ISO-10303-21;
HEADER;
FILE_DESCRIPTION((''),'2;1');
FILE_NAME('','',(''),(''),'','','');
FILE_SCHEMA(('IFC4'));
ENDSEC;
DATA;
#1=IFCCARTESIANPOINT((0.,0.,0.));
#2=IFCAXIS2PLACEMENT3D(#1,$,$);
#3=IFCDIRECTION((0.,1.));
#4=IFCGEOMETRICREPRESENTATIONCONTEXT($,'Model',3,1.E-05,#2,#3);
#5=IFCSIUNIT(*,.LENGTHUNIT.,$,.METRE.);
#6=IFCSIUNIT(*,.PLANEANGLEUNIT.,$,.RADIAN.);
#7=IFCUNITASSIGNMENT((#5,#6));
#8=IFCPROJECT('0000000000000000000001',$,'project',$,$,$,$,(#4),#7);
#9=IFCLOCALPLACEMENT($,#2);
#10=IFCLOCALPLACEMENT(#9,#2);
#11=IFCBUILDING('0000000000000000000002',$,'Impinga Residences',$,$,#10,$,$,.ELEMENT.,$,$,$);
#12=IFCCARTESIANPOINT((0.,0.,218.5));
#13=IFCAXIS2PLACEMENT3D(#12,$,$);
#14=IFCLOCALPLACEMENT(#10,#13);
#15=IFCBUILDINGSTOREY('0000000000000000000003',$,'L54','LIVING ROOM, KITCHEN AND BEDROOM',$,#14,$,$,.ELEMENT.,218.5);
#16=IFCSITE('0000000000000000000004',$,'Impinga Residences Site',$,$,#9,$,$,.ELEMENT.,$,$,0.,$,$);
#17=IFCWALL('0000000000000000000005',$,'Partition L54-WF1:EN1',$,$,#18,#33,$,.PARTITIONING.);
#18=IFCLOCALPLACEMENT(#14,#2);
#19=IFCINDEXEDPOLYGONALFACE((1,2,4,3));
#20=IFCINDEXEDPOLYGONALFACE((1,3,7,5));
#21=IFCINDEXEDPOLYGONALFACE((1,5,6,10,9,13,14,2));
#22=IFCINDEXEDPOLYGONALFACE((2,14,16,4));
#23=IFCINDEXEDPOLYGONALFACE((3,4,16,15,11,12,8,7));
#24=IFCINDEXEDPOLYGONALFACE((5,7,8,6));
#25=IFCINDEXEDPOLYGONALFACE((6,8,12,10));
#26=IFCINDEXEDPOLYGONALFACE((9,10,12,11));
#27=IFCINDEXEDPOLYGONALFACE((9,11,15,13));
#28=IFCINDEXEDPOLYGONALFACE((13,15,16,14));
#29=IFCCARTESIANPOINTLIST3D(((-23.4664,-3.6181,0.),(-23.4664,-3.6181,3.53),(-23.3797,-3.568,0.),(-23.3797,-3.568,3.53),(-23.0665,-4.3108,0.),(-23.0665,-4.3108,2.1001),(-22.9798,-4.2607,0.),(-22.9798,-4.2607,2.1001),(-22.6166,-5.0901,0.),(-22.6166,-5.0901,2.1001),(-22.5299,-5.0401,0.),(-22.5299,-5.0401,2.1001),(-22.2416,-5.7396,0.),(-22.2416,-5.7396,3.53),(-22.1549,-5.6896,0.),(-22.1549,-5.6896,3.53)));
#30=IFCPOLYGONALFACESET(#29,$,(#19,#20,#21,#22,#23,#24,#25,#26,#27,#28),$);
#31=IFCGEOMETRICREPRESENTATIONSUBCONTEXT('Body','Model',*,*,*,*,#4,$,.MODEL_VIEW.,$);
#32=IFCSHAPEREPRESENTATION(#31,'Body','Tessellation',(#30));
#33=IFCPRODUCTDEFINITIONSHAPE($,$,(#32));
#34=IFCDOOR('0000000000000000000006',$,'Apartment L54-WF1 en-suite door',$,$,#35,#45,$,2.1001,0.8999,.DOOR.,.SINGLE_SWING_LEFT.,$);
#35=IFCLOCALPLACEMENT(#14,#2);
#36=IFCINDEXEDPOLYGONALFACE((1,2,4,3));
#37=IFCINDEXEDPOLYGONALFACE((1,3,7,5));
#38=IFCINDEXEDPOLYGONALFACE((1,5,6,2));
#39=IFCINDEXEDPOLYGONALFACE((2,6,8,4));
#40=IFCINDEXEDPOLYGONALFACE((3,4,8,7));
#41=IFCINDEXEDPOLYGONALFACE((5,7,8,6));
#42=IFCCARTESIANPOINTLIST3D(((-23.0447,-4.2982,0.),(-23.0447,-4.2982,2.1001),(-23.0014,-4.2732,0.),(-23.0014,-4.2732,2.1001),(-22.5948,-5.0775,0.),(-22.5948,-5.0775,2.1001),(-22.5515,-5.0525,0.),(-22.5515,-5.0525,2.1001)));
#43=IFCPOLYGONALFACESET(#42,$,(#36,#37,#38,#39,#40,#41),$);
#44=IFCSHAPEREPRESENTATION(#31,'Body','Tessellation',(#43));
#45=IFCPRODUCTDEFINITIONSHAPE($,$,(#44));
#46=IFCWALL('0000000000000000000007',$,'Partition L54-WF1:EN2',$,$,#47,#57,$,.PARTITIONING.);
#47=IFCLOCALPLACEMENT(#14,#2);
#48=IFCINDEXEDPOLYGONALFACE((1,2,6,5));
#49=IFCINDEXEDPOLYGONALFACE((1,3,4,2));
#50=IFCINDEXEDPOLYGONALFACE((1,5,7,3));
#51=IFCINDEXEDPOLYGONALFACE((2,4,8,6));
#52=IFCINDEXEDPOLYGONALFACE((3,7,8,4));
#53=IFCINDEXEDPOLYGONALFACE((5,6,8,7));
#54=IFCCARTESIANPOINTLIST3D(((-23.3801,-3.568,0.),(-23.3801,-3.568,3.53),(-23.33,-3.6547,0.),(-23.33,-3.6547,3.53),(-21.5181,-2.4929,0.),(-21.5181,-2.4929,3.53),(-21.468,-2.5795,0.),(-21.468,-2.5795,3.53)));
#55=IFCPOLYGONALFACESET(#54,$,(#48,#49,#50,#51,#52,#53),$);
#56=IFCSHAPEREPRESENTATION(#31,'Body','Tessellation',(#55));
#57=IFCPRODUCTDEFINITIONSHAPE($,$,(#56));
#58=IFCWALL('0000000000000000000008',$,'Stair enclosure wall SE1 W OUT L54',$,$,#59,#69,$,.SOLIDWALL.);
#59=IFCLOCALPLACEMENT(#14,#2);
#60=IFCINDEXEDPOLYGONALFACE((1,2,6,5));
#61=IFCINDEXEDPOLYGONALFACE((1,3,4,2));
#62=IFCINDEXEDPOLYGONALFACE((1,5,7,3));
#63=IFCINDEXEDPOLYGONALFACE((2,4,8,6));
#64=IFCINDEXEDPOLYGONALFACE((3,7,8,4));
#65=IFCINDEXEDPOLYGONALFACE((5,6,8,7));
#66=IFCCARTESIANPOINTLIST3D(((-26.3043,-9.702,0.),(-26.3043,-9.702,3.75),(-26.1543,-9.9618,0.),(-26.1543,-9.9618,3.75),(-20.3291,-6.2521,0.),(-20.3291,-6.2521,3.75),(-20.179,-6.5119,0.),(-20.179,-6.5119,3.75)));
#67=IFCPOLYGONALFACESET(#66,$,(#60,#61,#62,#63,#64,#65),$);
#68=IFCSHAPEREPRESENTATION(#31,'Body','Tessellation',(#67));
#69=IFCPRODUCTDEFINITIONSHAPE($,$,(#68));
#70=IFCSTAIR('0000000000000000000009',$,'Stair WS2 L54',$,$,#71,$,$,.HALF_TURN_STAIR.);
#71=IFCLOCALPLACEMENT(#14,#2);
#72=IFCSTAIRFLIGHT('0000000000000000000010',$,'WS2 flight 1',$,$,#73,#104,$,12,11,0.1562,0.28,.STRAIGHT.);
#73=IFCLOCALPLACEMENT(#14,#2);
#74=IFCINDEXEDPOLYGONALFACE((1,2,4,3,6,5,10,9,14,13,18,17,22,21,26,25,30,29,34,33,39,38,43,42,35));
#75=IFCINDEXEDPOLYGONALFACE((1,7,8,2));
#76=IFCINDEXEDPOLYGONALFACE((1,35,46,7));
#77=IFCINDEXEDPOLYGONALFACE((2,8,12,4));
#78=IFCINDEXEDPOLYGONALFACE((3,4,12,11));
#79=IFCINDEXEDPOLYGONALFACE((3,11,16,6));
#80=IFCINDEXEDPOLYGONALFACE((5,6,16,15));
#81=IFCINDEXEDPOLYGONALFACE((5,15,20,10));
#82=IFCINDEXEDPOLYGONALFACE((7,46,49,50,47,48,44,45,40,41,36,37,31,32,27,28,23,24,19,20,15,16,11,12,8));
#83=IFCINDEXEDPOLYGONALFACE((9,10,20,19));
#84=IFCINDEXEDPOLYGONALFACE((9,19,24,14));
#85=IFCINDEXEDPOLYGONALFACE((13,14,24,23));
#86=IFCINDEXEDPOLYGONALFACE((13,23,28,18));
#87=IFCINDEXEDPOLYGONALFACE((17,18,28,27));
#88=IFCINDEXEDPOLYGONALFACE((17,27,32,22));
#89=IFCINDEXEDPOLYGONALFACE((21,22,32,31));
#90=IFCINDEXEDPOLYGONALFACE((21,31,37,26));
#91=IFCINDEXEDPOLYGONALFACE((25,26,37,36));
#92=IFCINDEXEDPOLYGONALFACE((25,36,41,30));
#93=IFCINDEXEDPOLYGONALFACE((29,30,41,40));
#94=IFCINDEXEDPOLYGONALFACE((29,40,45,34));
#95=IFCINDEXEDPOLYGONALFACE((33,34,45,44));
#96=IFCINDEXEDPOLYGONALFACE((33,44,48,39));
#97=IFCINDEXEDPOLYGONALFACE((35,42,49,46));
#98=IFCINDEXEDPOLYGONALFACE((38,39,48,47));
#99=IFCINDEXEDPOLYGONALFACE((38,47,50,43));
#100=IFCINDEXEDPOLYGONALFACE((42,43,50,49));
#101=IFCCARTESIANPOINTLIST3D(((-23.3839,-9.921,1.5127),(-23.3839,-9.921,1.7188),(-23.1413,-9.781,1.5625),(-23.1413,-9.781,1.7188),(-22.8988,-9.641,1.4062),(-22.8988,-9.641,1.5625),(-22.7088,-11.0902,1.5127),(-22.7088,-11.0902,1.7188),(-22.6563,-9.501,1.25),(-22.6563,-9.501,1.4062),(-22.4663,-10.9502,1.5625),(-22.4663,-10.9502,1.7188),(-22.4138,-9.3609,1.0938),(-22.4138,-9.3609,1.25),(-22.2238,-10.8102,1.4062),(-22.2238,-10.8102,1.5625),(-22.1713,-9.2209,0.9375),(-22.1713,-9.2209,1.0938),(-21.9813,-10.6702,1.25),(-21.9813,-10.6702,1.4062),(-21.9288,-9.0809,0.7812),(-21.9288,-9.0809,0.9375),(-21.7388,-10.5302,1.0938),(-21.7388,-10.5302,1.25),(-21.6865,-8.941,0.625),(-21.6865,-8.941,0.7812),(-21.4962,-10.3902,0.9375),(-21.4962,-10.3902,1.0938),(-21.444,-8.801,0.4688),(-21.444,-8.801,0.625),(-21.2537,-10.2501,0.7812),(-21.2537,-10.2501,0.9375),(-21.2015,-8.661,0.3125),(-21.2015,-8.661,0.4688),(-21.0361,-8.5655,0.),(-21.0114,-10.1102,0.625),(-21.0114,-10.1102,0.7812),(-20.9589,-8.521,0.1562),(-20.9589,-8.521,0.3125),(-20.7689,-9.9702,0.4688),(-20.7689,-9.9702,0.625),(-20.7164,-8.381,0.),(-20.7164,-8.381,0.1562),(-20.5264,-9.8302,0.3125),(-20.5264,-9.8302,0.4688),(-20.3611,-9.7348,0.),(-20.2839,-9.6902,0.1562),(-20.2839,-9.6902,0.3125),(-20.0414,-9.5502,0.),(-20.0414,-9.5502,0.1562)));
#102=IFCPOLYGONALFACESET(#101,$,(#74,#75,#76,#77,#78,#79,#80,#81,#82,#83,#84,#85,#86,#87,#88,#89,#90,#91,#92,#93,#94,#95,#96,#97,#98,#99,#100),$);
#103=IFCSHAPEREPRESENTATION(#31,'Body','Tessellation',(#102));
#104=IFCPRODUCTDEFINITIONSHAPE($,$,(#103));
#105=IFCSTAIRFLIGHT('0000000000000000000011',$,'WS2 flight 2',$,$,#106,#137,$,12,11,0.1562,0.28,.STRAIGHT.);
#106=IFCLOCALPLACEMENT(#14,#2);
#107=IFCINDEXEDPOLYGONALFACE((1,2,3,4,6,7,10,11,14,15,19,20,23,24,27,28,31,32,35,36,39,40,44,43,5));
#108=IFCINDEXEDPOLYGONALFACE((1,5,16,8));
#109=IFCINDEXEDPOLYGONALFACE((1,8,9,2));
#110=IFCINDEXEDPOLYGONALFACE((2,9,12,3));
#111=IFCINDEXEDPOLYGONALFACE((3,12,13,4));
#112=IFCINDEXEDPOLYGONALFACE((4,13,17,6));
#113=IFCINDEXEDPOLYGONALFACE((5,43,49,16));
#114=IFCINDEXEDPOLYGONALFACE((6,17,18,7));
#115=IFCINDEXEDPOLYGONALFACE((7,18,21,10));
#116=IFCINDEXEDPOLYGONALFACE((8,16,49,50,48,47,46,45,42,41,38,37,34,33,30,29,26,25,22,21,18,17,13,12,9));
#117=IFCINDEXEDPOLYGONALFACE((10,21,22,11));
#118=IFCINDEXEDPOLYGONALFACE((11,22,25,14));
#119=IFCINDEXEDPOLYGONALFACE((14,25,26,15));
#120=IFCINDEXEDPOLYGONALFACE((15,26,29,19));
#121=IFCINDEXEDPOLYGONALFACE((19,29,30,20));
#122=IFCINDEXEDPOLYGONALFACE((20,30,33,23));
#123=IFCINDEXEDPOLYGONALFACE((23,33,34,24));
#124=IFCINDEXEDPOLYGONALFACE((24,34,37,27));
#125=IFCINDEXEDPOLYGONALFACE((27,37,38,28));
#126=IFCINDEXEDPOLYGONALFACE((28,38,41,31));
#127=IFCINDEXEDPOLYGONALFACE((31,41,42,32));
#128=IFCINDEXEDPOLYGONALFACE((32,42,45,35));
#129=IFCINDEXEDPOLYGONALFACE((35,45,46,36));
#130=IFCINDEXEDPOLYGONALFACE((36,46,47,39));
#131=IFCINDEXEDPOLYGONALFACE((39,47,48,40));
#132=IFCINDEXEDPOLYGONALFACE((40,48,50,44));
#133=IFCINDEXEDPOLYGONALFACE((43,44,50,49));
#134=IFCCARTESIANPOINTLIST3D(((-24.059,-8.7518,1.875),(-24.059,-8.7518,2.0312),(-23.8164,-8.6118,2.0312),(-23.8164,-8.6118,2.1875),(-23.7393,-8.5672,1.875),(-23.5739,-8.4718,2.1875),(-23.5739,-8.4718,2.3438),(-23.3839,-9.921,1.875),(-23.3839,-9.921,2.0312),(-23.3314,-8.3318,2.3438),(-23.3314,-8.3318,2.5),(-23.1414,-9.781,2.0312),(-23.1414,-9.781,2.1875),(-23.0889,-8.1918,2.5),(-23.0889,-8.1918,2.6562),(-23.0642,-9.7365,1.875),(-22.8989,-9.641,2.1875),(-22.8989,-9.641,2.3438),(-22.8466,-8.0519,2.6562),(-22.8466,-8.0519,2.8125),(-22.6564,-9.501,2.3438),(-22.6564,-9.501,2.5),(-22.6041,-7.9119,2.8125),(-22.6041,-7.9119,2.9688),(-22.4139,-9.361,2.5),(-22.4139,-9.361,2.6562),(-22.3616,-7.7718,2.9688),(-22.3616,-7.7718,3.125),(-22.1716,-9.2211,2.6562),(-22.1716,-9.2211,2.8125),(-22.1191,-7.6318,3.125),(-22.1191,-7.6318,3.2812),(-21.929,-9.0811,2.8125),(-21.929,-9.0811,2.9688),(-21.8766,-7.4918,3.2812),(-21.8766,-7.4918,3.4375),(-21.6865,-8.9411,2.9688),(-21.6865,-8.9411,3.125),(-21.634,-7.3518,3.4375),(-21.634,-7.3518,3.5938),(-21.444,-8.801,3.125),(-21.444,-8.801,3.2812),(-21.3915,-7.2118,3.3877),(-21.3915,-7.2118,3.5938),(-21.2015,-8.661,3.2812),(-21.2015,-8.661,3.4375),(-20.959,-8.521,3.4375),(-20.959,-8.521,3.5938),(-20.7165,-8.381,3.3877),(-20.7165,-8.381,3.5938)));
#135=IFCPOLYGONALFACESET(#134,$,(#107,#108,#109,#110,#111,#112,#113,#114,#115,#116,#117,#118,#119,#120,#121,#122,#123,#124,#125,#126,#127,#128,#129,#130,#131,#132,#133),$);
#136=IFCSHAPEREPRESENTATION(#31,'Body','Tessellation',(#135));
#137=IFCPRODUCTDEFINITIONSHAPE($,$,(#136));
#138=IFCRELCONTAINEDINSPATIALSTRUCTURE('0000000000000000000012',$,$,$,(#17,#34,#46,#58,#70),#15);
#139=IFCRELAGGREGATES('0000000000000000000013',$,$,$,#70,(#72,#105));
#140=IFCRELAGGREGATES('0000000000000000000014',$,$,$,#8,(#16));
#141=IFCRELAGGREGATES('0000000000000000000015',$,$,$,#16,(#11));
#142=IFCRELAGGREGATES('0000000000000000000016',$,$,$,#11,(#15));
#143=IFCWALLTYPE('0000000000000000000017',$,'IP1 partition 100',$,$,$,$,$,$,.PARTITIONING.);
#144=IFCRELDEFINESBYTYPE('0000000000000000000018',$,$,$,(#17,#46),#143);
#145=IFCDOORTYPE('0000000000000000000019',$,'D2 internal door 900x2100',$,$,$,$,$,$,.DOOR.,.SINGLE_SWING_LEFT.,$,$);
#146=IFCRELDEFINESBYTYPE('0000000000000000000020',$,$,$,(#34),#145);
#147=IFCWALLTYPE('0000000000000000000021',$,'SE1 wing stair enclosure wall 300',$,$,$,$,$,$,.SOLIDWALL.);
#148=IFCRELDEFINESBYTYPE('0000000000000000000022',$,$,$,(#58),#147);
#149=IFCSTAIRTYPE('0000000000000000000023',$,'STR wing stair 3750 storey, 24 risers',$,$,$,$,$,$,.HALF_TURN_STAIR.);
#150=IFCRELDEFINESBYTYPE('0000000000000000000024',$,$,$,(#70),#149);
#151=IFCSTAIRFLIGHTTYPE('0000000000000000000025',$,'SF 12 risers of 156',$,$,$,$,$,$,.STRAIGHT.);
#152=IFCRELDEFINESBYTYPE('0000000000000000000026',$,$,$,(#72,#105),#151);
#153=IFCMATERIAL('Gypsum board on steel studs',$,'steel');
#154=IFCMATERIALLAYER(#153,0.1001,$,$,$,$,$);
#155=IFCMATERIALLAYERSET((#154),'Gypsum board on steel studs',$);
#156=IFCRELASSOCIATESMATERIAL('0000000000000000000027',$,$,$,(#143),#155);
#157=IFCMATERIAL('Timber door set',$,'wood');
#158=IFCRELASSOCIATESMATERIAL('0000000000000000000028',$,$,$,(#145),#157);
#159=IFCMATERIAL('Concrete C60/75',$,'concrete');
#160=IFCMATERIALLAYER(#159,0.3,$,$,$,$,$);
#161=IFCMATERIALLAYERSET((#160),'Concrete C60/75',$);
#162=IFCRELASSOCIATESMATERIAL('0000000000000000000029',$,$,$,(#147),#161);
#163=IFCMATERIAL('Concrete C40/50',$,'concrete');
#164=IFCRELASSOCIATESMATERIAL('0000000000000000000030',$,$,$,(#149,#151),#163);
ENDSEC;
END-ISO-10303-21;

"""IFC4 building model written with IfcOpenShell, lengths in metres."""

from ifc_helpers import new_model, si_unit, direction, frame, frame_2d, origin, place, context, subcontext, project, spatial, polyline, rectangle, outline, extrude, material, layer, layer_set, type_object, element, fill, aggregate, save


model = new_model("IFC4")

# Units and contexts
model_context = context("Model", 3, precision=1e-05, world=origin(), true_north=direction((0.0, 1.0)))
body_context = subcontext(model_context, "Body", "Model", "MODEL_VIEW")
ifc_project = project(units=[si_unit("LENGTHUNIT", "METRE"), si_unit("PLANEANGLEUNIT", "RADIAN")], contexts=[model_context])

# Site, building, storey
site_placement = place(None, origin())
site = spatial("IfcSite", under=ifc_project, at=site_placement, Name="Impinga Residences Site", CompositionType="ELEMENT", RefElevation=0.0)
building_placement = place(site_placement, origin())
building = spatial("IfcBuilding", under=site, at=building_placement, Name="Impinga Residences", CompositionType="ELEMENT")
storey_placement = place(building_placement, frame((0.0, 0.0, 218.5)))
storey = spatial("IfcBuildingStorey", under=building, at=storey_placement, Name="L54", Description="LIVING ROOM, KITCHEN AND BEDROOM", CompositionType="ELEMENT", Elevation=218.5)

# Shared definitions
ifc_material_1 = material(Name="Concrete C60/75", Category="concrete")

# Shared definitions
ifc_material_2 = material(Name="Gypsum board on steel studs", Category="steel")
ifc_layer_1 = layer(ifc_material_2, 0.1001)
ifc_layer_set_1 = layer_set([ifc_layer_1], Name="Gypsum board on steel studs")
wall_type_1 = type_object("IfcWallType", Name="IP1 partition 100", PredefinedType="PARTITIONING", material=ifc_layer_set_1)

# Wall, opening, door
wall_1_placement = place(storey_placement, frame((-22.1982, -5.7146, 0.0), z_axis=(0.0, 0.0, 1.0), x_axis=(-0.499987, 0.866033, 0.0)))
wall_1 = element("IfcWall", 1, at=wall_1_placement, inside=storey, type_object=wall_type_1, Name="Partition L54-WF1:EN1", PredefinedType="PARTITIONING", context=body_context, shape_type="SweptSolid", body=[
    extrude(rectangle(XDim=2.4497, YDim=0.1001, at=frame_2d((1.2249, 0.0))), origin(), (0.0, 0.0, 1.0), 3.53),
])
opening_1_placement = place(wall_1_placement, frame((0.75, 0.0, 0.0)))
opening_1 = element("IfcOpeningElement", 2, at=opening_1_placement, cuts=wall_1, PredefinedType="OPENING", context=body_context, shape_type="SweptSolid", body=[
    extrude(rectangle(XDim=0.8999, YDim=2.1001, at=frame_2d((0.45, 1.05))), frame((0.0, 0.0601, 0.0), z_axis=(0.0, -1.0, 0.0), x_axis=(1.0, 0.0, 0.0)), (0.0, 0.0, 1.0), 0.1201),
])
ifc_material_3 = material(Name="Timber door set", Category="wood")
door_type = type_object("IfcDoorType", Name="D2 internal door 900x2100", OperationType="SINGLE_SWING_LEFT", PredefinedType="DOOR", material=ifc_material_3)
door_placement = place(opening_1_placement, origin())
door = element("IfcDoor", 3, at=door_placement, inside=storey, type_object=door_type, Name="Apartment L54-WF1 en-suite door", OperationType="SINGLE_SWING_LEFT", OverallHeight=2.1001, OverallWidth=0.8999, PredefinedType="DOOR", context=body_context, shape_type="SweptSolid", body=[
    extrude(rectangle(XDim=0.8999, YDim=2.1001, at=frame_2d((0.45, 1.05))), frame((0.0, 0.0249, 0.0), z_axis=(0.0, -1.0, 0.0), x_axis=(1.0, 0.0, 0.0)), (0.0, 0.0, 1.0), 0.05),
])
fill(opening_1, door)

# Walls
wall_2_placement = place(storey_placement, frame((-21.4929, -2.5361, 0.0), z_axis=(0.0, 0.0, 1.0), x_axis=(-0.865998, -0.500047, 0.0)))
element("IfcWall", 4, at=wall_2_placement, inside=storey, type_object=wall_type_1, Name="Partition L54-WF1:EN2", PredefinedType="PARTITIONING", context=body_context, shape_type="SweptSolid", body=[
    extrude(rectangle(XDim=2.1501, YDim=0.1001, at=frame_2d((1.0752, 0.0))), origin(), (0.0, 0.0, 1.0), 3.53),
])
ifc_layer_2 = layer(ifc_material_1, 0.3)
ifc_layer_set_2 = layer_set([ifc_layer_2], Name="Concrete C60/75")
wall_type_2 = type_object("IfcWallType", Name="SE1 wing stair enclosure wall 300", PredefinedType="SOLIDWALL", material=ifc_layer_set_2)
wall_3_placement = place(storey_placement, frame((-20.2542, -6.3821, 0.0), z_axis=(0.0, 0.0, 1.0), x_axis=(-0.86602, -0.500009, 0.0)))
element("IfcWall", 5, at=wall_3_placement, inside=storey, type_object=wall_type_2, Name="Stair enclosure wall SE1 W OUT L54", PredefinedType="SOLIDWALL", context=body_context, shape_type="SweptSolid", body=[
    extrude(rectangle(XDim=6.8997, YDim=0.3, at=frame_2d((3.4497, 0.0))), origin(), (0.0, 0.0, 1.0), 3.75),
])

# Stair, stair flights
ifc_material_4 = material(Name="Concrete C40/50", Category="concrete")
stair_type = type_object("IfcStairType", Name="STR wing stair 3750 storey, 24 risers", PredefinedType="HALF_TURN_STAIR", material=ifc_material_4)
stair_placement = place(storey_placement, origin())
stair = element("IfcStair", 6, at=stair_placement, inside=storey, type_object=stair_type, Name="Stair WS2 L54", PredefinedType="HALF_TURN_STAIR")
stair_flight_type = type_object("IfcStairFlightType", Name="SF 12 risers of 156", PredefinedType="STRAIGHT", material=ifc_material_4)
stair_flight_1_placement = place(storey_placement, frame((-20.3789, -8.9656, 0.0), z_axis=(0.0, 0.0, 1.0), x_axis=(-0.866025, -0.5, 0.0)))
stair_flight_1 = element("IfcStairFlight", 7, at=stair_flight_1_placement, type_object=stair_flight_type, Name="WS2 flight 1", NumberOfRisers=12, NumberOfTreads=11, PredefinedType="STRAIGHT", RiserHeight=0.1562, TreadLength=0.28, context=body_context, shape_type="SweptSolid", body=[
    extrude(outline(polyline([(0.0, 0.0), (0.0, 0.1562), (0.28, 0.1562), (0.28, 0.3125), (0.5601, 0.3125), (0.5601, 0.4688), (0.8401, 0.4688), (0.8401, 0.625), (1.1201, 0.625), (1.1201, 0.7812), (1.3999, 0.7812), (1.3999, 0.9375), (1.6799, 0.9375), (1.6799, 1.0938), (1.96, 1.0938), (1.96, 1.25), (2.24, 1.25), (2.24, 1.4062), (2.52, 1.4062), (2.52, 1.5625), (2.8, 1.5625), (2.8, 1.7188), (3.0801, 1.7188), (3.0801, 1.875), (3.0801, 1.5127), (0.3691, 0.0), (0.0, 0.0)])), frame((0.0, 0.675, 0.0), z_axis=(0.0, -1.0, 0.0), x_axis=(1.0, 0.0, 0.0)), (0.0, 0.0, 1.0), 1.3501),
])
stair_flight_2_placement = place(storey_placement, frame((-23.7214, -9.3364, 1.875), z_axis=(0.0, 0.0, 1.0), x_axis=(0.866025, 0.5, 0.0)))
stair_flight_2 = element("IfcStairFlight", 8, at=stair_flight_2_placement, type_object=stair_flight_type, Name="WS2 flight 2", NumberOfRisers=12, NumberOfTreads=11, PredefinedType="STRAIGHT", RiserHeight=0.1562, TreadLength=0.28, context=body_context, shape_type="SweptSolid", body=[
    extrude(outline(polyline([(0.0, 0.0), (0.0, 0.1562), (0.28, 0.1562), (0.28, 0.3125), (0.5601, 0.3125), (0.5601, 0.4688), (0.8401, 0.4688), (0.8401, 0.625), (1.1201, 0.625), (1.1201, 0.7812), (1.3999, 0.7812), (1.3999, 0.9375), (1.6799, 0.9375), (1.6799, 1.0938), (1.96, 1.0938), (1.96, 1.25), (2.24, 1.25), (2.24, 1.4062), (2.52, 1.4062), (2.52, 1.5625), (2.8, 1.5625), (2.8, 1.7188), (3.0801, 1.7188), (3.0801, 1.875), (3.0801, 1.5127), (0.3691, 0.0), (0.0, 0.0)])), frame((0.0, 0.675, 0.0), z_axis=(0.0, -1.0, 0.0), x_axis=(1.0, 0.0, 0.0)), (0.0, 0.0, 1.0), 1.3501),
])
aggregate(stair, [stair_flight_1, stair_flight_2])

save(model, "model.ifc")
